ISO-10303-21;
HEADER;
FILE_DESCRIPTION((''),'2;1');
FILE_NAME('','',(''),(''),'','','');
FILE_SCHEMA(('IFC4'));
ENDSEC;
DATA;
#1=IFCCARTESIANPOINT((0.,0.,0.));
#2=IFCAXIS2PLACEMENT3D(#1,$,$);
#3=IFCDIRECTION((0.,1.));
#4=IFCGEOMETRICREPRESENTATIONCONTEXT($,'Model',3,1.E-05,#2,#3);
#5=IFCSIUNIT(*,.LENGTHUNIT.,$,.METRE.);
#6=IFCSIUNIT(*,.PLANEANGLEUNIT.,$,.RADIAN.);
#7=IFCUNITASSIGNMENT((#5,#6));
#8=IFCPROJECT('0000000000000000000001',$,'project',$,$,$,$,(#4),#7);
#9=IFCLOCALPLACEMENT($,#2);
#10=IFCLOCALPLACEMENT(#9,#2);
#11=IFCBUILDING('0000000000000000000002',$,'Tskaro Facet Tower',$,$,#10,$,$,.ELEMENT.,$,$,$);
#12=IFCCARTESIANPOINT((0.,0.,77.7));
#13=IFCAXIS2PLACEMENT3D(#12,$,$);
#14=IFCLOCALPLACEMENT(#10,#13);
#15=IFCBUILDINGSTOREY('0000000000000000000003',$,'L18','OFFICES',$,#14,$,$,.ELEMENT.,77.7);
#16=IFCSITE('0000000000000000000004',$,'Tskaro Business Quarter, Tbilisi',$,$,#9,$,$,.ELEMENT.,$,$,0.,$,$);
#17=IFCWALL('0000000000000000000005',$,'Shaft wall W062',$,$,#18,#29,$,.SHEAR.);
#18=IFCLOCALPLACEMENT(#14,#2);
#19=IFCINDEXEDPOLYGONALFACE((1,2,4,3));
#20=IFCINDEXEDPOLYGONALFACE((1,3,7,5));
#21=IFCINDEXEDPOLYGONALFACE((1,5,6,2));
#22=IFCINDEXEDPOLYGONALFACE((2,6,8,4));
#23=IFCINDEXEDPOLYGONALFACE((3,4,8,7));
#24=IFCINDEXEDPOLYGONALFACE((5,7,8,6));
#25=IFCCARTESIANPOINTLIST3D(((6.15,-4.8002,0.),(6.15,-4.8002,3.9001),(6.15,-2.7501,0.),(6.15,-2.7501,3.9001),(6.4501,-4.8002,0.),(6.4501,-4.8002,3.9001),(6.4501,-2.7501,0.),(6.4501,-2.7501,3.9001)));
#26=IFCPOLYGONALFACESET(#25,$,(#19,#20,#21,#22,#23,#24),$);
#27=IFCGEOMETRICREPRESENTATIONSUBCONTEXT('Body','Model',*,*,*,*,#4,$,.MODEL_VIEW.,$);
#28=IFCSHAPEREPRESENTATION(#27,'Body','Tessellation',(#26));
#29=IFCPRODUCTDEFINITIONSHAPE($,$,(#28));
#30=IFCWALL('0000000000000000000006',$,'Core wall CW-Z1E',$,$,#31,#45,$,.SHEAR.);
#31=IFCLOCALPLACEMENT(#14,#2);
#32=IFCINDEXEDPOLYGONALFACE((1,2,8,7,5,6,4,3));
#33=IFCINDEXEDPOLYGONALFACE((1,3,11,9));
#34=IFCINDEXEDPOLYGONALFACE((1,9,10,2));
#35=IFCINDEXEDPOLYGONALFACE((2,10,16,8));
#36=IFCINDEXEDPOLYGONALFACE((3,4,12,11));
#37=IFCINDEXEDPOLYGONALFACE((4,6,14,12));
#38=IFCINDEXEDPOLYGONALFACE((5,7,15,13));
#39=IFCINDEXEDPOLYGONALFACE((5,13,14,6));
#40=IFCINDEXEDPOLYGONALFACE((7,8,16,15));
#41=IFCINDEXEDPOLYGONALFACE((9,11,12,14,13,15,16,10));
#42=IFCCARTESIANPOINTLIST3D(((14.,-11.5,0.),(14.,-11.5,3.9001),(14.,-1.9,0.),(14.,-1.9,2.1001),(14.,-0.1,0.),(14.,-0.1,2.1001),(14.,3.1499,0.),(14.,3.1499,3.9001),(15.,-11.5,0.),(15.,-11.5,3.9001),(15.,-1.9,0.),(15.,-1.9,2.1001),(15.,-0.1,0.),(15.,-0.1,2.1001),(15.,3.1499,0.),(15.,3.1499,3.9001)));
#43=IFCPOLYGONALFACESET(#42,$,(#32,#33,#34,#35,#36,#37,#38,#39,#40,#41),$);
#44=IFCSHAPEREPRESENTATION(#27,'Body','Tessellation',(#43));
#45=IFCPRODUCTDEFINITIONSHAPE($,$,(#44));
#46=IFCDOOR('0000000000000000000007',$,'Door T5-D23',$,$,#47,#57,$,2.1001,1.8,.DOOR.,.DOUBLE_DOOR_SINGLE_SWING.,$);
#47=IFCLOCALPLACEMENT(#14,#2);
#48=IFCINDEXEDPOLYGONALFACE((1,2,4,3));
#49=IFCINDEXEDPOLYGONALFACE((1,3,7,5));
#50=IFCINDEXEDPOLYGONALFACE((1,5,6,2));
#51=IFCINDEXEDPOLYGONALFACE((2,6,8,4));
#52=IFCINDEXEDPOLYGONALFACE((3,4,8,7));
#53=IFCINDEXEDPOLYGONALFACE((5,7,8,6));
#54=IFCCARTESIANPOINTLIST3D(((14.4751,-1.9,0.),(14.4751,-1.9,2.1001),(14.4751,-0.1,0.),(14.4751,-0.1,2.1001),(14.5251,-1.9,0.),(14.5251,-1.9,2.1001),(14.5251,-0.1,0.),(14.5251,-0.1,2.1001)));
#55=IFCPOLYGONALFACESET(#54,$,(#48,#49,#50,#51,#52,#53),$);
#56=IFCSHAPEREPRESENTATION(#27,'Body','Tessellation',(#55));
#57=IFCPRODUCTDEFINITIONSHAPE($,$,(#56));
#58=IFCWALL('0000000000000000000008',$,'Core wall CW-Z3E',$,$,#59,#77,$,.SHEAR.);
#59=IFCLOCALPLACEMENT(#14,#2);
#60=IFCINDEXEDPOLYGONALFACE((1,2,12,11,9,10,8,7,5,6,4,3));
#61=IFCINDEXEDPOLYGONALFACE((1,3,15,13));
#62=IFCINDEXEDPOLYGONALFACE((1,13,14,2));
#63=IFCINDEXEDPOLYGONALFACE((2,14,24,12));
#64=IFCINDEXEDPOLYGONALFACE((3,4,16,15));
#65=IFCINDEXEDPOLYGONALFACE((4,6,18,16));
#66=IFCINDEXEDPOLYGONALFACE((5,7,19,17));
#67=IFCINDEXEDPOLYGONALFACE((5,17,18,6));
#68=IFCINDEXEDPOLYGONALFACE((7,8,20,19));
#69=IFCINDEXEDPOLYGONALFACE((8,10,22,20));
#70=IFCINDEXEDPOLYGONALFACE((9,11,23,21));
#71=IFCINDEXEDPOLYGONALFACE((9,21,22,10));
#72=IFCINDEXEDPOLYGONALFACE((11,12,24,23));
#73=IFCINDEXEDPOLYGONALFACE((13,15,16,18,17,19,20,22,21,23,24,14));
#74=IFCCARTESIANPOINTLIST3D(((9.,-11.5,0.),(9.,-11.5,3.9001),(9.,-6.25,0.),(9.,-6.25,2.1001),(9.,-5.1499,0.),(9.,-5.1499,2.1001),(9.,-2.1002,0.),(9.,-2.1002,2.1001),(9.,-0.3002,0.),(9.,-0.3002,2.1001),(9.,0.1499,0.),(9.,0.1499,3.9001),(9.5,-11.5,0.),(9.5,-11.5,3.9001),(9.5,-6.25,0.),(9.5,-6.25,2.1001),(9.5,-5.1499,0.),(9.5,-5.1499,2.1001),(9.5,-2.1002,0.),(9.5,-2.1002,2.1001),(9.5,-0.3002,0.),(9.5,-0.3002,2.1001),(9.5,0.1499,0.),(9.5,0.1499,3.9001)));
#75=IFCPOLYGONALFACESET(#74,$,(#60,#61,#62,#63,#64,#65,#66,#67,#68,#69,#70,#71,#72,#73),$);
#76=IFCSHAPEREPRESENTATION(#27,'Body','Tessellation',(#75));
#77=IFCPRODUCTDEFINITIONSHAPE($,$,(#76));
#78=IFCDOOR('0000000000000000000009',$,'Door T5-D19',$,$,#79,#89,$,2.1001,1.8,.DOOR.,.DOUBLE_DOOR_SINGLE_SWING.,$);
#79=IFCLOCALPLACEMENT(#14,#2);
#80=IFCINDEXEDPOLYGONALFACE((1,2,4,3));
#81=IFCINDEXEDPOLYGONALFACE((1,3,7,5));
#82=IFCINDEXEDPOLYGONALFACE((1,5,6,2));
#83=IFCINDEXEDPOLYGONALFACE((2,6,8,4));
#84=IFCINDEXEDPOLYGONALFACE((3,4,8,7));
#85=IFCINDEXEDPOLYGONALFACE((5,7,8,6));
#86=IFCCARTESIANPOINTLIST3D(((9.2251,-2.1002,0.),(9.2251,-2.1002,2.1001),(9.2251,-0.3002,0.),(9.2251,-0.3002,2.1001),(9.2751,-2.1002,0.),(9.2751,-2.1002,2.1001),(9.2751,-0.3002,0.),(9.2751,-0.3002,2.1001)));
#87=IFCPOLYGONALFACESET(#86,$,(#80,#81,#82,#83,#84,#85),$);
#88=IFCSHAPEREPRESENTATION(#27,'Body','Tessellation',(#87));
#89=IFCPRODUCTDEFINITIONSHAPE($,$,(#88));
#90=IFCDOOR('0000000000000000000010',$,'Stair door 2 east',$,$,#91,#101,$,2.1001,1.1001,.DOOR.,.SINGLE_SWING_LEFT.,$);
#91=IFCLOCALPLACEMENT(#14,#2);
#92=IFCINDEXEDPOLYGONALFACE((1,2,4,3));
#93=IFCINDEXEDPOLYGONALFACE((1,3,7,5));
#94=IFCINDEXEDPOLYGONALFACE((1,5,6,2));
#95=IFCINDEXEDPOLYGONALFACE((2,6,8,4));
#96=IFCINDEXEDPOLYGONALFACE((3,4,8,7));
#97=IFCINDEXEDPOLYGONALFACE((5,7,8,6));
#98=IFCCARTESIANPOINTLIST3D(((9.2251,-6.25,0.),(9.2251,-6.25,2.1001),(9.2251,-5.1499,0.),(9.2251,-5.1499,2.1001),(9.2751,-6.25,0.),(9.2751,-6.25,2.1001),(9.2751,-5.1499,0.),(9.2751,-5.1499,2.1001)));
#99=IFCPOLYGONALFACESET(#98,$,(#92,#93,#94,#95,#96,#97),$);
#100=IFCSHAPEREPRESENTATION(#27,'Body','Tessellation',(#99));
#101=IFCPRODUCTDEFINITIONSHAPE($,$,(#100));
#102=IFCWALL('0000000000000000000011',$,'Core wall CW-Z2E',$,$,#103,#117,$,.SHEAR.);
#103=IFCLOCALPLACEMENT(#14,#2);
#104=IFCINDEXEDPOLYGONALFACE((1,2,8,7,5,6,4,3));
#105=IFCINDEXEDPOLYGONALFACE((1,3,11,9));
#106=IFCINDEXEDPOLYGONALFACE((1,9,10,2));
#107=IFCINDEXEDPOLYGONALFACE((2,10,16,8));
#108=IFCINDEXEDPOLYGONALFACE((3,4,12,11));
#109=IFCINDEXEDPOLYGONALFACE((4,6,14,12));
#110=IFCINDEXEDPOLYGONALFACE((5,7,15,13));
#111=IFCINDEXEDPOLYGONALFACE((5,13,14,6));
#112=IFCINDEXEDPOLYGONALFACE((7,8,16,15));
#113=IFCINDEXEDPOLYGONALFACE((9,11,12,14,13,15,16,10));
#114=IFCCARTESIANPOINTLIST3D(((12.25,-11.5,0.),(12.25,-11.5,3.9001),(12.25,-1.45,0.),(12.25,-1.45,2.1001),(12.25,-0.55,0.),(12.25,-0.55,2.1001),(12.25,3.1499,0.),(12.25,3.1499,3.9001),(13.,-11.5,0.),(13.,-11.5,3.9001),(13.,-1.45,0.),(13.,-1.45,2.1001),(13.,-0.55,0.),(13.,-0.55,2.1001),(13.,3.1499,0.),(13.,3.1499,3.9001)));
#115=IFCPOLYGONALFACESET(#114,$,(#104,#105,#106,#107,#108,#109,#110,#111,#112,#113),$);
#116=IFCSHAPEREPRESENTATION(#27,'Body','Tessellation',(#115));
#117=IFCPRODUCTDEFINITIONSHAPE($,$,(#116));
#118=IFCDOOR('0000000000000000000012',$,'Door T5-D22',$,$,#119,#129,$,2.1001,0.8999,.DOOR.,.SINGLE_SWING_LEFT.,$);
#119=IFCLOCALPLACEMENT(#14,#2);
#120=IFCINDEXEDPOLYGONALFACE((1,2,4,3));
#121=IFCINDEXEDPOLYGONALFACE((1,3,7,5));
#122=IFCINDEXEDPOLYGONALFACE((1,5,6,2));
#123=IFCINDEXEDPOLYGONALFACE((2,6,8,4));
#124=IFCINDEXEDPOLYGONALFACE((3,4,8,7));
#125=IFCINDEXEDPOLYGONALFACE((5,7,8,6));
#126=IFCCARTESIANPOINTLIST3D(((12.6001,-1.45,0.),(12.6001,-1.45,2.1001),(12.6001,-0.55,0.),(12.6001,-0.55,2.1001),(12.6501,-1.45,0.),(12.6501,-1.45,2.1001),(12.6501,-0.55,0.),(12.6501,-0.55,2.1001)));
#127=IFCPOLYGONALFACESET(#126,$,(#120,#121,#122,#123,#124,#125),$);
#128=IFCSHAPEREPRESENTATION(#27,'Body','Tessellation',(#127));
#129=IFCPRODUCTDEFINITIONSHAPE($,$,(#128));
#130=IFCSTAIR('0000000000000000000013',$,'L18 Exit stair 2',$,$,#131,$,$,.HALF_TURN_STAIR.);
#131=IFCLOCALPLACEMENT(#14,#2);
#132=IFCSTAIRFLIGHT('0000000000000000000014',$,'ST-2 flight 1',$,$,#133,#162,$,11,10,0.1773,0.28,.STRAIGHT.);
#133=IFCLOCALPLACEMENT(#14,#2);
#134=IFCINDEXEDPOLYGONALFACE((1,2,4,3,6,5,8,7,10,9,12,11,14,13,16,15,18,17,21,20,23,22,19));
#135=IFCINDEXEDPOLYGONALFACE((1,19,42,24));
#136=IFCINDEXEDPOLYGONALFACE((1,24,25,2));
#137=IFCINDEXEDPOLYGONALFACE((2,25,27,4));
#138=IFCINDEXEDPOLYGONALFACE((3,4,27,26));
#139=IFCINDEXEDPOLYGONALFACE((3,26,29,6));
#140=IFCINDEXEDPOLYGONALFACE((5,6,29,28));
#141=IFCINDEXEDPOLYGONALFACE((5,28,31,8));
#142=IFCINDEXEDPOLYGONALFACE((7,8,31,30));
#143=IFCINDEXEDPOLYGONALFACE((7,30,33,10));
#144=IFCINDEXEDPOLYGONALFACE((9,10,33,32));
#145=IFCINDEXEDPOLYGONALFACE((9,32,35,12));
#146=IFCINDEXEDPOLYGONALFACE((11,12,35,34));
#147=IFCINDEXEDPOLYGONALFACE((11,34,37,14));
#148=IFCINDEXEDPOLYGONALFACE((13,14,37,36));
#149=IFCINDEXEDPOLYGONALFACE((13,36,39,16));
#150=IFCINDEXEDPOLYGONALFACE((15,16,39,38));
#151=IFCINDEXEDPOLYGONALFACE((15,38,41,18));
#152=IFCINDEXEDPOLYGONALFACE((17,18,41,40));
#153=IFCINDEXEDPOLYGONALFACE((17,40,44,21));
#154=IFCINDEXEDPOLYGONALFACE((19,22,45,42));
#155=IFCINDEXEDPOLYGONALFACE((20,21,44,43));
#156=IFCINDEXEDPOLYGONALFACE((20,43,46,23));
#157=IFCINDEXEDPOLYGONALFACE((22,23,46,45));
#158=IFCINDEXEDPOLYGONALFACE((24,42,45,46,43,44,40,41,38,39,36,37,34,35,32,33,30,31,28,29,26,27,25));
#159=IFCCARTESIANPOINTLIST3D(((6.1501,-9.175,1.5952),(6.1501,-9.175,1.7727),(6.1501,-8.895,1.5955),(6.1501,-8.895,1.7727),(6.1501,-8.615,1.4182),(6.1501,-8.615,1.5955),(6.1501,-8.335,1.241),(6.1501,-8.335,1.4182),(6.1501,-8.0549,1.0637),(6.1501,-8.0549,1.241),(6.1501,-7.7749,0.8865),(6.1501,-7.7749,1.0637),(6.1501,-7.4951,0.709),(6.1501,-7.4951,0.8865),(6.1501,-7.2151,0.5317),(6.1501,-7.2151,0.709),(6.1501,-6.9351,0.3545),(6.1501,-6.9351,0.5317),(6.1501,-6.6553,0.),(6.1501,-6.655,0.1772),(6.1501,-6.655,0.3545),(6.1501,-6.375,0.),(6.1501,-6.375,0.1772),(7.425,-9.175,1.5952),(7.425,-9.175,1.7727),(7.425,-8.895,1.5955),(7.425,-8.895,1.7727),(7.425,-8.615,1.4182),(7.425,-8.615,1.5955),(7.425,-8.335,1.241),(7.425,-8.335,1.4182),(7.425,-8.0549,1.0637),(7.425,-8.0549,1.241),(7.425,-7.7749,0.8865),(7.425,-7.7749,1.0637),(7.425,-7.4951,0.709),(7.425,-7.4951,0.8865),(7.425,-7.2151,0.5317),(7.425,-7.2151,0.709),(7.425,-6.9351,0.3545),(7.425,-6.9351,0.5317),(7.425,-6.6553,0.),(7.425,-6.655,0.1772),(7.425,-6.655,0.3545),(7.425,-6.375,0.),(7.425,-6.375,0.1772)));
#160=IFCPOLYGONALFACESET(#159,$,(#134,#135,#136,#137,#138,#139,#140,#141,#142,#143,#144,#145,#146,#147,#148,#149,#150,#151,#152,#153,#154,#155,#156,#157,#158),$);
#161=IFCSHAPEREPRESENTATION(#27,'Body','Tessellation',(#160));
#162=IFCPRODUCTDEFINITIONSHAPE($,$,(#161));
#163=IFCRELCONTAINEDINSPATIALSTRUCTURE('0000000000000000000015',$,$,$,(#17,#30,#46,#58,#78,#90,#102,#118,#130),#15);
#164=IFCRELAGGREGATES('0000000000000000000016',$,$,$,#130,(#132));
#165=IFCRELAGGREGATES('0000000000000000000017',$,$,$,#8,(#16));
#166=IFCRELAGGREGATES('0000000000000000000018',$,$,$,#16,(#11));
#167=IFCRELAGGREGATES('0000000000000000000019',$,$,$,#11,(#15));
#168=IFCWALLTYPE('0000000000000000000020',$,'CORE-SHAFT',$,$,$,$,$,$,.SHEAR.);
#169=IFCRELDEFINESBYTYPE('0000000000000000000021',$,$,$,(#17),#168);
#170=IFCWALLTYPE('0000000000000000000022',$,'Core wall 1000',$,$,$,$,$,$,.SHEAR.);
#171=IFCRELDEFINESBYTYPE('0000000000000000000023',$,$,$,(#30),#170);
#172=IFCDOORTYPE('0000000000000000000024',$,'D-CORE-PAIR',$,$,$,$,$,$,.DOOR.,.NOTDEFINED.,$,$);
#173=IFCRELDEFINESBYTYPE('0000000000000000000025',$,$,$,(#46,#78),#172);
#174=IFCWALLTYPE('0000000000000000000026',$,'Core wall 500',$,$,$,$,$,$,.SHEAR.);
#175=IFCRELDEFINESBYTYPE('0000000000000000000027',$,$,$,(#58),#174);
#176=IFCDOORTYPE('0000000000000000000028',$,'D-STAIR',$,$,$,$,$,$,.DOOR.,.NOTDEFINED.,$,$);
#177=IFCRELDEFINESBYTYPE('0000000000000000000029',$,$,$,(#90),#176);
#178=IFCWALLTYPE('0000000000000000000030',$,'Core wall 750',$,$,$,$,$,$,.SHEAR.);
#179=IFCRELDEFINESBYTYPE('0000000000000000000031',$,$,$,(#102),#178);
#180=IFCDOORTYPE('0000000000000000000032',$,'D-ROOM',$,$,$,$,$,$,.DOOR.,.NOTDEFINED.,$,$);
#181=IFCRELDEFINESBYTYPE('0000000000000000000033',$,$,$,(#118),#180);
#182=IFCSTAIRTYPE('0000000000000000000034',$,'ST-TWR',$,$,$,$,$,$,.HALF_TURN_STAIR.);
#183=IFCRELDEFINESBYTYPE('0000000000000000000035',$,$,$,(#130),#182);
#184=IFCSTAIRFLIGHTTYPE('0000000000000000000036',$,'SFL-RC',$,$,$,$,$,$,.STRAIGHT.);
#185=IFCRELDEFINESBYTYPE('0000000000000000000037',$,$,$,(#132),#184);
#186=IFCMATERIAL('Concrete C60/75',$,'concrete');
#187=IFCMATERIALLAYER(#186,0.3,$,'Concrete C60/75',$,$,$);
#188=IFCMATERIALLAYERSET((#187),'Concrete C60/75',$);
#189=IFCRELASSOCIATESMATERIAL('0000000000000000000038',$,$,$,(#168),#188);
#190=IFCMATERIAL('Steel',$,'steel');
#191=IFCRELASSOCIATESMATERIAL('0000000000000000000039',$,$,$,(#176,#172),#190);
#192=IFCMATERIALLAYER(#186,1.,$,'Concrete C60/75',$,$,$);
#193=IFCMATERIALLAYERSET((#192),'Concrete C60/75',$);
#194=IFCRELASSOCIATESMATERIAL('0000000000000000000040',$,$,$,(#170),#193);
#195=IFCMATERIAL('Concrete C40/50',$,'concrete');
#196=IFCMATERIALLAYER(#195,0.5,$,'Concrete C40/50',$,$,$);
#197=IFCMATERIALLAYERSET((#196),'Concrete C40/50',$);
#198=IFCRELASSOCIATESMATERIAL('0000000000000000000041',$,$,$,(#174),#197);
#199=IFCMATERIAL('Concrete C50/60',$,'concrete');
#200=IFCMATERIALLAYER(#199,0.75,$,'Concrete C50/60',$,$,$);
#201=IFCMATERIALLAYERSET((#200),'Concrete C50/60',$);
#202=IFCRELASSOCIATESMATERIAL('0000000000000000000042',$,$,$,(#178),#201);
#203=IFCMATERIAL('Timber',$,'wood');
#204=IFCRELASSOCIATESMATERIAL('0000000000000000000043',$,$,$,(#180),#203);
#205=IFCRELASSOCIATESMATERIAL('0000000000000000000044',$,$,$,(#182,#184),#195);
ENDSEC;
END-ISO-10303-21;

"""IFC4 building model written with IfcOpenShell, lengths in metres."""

from ifc_helpers import new_model, si_unit, direction, frame, frame_2d, origin, place, context, subcontext, project, spatial, polyline, rectangle, outline, extrude, material, layer, layer_set, type_object, element, fill, aggregate, save


model = new_model("IFC4")

# Units and contexts
model_context = context("Model", 3, precision=1e-05, world=origin(), true_north=direction((0.0, 1.0)))
body_context = subcontext(model_context, "Body", "Model", "MODEL_VIEW")
ifc_project = project(units=[si_unit("LENGTHUNIT", "METRE"), si_unit("PLANEANGLEUNIT", "RADIAN")], contexts=[model_context])

# Site, building, storey
site_placement = place(None, origin())
site = spatial("IfcSite", under=ifc_project, at=site_placement, Name="Tskaro Business Quarter, Tbilisi", CompositionType="ELEMENT", RefElevation=0.0)
building_placement = place(site_placement, origin())
building = spatial("IfcBuilding", under=site, at=building_placement, Name="Tskaro Facet Tower", CompositionType="ELEMENT")
storey_placement = place(building_placement, frame((0.0, 0.0, 77.7)))
storey = spatial("IfcBuildingStorey", under=building, at=storey_placement, Name="L18", Description="OFFICES", CompositionType="ELEMENT", Elevation=77.7)

# Shared definitions
ifc_material_1 = material(Name="Concrete C60/75", Category="concrete")
ifc_layer_1 = layer(ifc_material_1, 0.3, Name="Concrete C60/75")
ifc_layer_set_1 = layer_set([ifc_layer_1], Name="Concrete C60/75")
wall_type_1 = type_object("IfcWallType", Name="CORE-SHAFT", PredefinedType="SHEAR", material=ifc_layer_set_1)

# Shared definitions
ifc_material_2 = material(Name="Steel", Category="steel")
door_type_1 = type_object("IfcDoorType", Name="D-STAIR", OperationType="NOTDEFINED", PredefinedType="DOOR", material=ifc_material_2)

# Wall
wall_1_placement = place(storey_placement, frame((6.3, -4.8, 0.0), z_axis=(0.0, 0.0, 1.0), x_axis=(0.0, 1.0, 0.0)))
element("IfcWall", 1, at=wall_1_placement, inside=storey, type_object=wall_type_1, Name="Shaft wall W062", PredefinedType="SHEAR", context=body_context, shape_type="SweptSolid", body=[
    extrude(rectangle(XDim=2.05, YDim=0.3, at=frame_2d((1.0249, 0.0))), origin(), (0.0, 0.0, 1.0), 3.9001),
])

# Wall, opening, door
ifc_layer_2 = layer(ifc_material_1, 1.0, Name="Concrete C60/75")
ifc_layer_set_2 = layer_set([ifc_layer_2], Name="Concrete C60/75")
wall_type_2 = type_object("IfcWallType", Name="Core wall 1000", PredefinedType="SHEAR", material=ifc_layer_set_2)
wall_2_placement = place(storey_placement, frame((14.5, -11.5, 0.0), z_axis=(0.0, 0.0, 1.0), x_axis=(0.0, 1.0, 0.0)))
wall_2 = element("IfcWall", 2, at=wall_2_placement, inside=storey, type_object=wall_type_2, Name="Core wall CW-Z1E", PredefinedType="SHEAR", context=body_context, shape_type="SweptSolid", body=[
    extrude(rectangle(XDim=14.6499, YDim=1.0, at=frame_2d((7.325, 0.0))), origin(), (0.0, 0.0, 1.0), 3.9001),
])
opening_1_placement = place(wall_2_placement, frame((9.6001, 0.0, 0.0)))
opening_1 = element("IfcOpeningElement", 3, at=opening_1_placement, cuts=wall_2, PredefinedType="OPENING", context=body_context, shape_type="SweptSolid", body=[
    extrude(rectangle(XDim=1.8, YDim=2.1001, at=frame_2d((0.8999, 1.05))), frame((0.0, 0.51, 0.0), z_axis=(0.0, -1.0, 0.0), x_axis=(1.0, 0.0, 0.0)), (0.0, 0.0, 1.0), 1.02),
])
door_type_2 = type_object("IfcDoorType", Name="D-CORE-PAIR", OperationType="NOTDEFINED", PredefinedType="DOOR", material=ifc_material_2)
door_1_placement = place(opening_1_placement, origin())
door_1 = element("IfcDoor", 4, at=door_1_placement, inside=storey, type_object=door_type_2, Name="Door T5-D23", OperationType="DOUBLE_DOOR_SINGLE_SWING", OverallHeight=2.1001, OverallWidth=1.8, PredefinedType="DOOR", context=body_context, shape_type="SweptSolid", body=[
    extrude(rectangle(XDim=1.8, YDim=2.1001, at=frame_2d((0.8999, 1.05))), frame((0.0, 0.0249, 0.0), z_axis=(0.0, -1.0, 0.0), x_axis=(1.0, 0.0, 0.0)), (0.0, 0.0, 1.0), 0.05),
])
fill(opening_1, door_1)

# Wall, openings, doors
ifc_material_3 = material(Name="Concrete C40/50", Category="concrete")
ifc_layer_3 = layer(ifc_material_3, 0.5, Name="Concrete C40/50")
ifc_layer_set_3 = layer_set([ifc_layer_3], Name="Concrete C40/50")
wall_type_3 = type_object("IfcWallType", Name="Core wall 500", PredefinedType="SHEAR", material=ifc_layer_set_3)
wall_3_placement = place(storey_placement, frame((9.25, -11.5, 0.0), z_axis=(0.0, 0.0, 1.0), x_axis=(0.0, 1.0, 0.0)))
wall_3 = element("IfcWall", 5, at=wall_3_placement, inside=storey, type_object=wall_type_3, Name="Core wall CW-Z3E", PredefinedType="SHEAR", context=body_context, shape_type="SweptSolid", body=[
    extrude(rectangle(XDim=11.6499, YDim=0.5, at=frame_2d((5.825, 0.0))), origin(), (0.0, 0.0, 1.0), 3.9001),
])
opening_2_placement = place(wall_3_placement, frame((9.3999, 0.0, 0.0)))
opening_2 = element("IfcOpeningElement", 6, at=opening_2_placement, cuts=wall_3, PredefinedType="OPENING", context=body_context, shape_type="SweptSolid", body=[
    extrude(rectangle(XDim=1.8, YDim=2.1001, at=frame_2d((0.8999, 1.05))), frame((0.0, 0.26, 0.0), z_axis=(0.0, -1.0, 0.0), x_axis=(1.0, 0.0, 0.0)), (0.0, 0.0, 1.0), 0.52),
])
opening_3_placement = place(wall_3_placement, frame((5.25, 0.0, 0.0)))
opening_3 = element("IfcOpeningElement", 7, at=opening_3_placement, cuts=wall_3, PredefinedType="OPENING", context=body_context, shape_type="SweptSolid", body=[
    extrude(rectangle(XDim=1.1001, YDim=2.1001, at=frame_2d((0.55, 1.05))), frame((0.0, 0.26, 0.0), z_axis=(0.0, -1.0, 0.0), x_axis=(1.0, 0.0, 0.0)), (0.0, 0.0, 1.0), 0.52),
])
door_2_placement = place(opening_2_placement, origin())
door_2 = element("IfcDoor", 8, at=door_2_placement, inside=storey, type_object=door_type_2, Name="Door T5-D19", OperationType="DOUBLE_DOOR_SINGLE_SWING", OverallHeight=2.1001, OverallWidth=1.8, PredefinedType="DOOR", context=body_context, shape_type="SweptSolid", body=[
    extrude(rectangle(XDim=1.8, YDim=2.1001, at=frame_2d((0.8999, 1.05))), frame((0.0, 0.0249, 0.0), z_axis=(0.0, -1.0, 0.0), x_axis=(1.0, 0.0, 0.0)), (0.0, 0.0, 1.0), 0.05),
])
fill(opening_2, door_2)
door_3_placement = place(opening_3_placement, origin())
door_3 = element("IfcDoor", 9, at=door_3_placement, inside=storey, type_object=door_type_1, Name="Stair door 2 east", OperationType="SINGLE_SWING_LEFT", OverallHeight=2.1001, OverallWidth=1.1001, PredefinedType="DOOR", context=body_context, shape_type="SweptSolid", body=[
    extrude(rectangle(XDim=1.1001, YDim=2.1001, at=frame_2d((0.55, 1.05))), frame((0.0, 0.0249, 0.0), z_axis=(0.0, -1.0, 0.0), x_axis=(1.0, 0.0, 0.0)), (0.0, 0.0, 1.0), 0.05),
])
fill(opening_3, door_3)

# Wall, opening, door
ifc_material_4 = material(Name="Concrete C50/60", Category="concrete")
ifc_layer_4 = layer(ifc_material_4, 0.75, Name="Concrete C50/60")
ifc_layer_set_4 = layer_set([ifc_layer_4], Name="Concrete C50/60")
wall_type_4 = type_object("IfcWallType", Name="Core wall 750", PredefinedType="SHEAR", material=ifc_layer_set_4)
wall_4_placement = place(storey_placement, frame((12.625, -11.5, 0.0), z_axis=(0.0, 0.0, 1.0), x_axis=(0.0, 1.0, 0.0)))
wall_4 = element("IfcWall", 10, at=wall_4_placement, inside=storey, type_object=wall_type_4, Name="Core wall CW-Z2E", PredefinedType="SHEAR", context=body_context, shape_type="SweptSolid", body=[
    extrude(rectangle(XDim=14.6499, YDim=0.75, at=frame_2d((7.325, 0.0))), origin(), (0.0, 0.0, 1.0), 3.9001),
])
opening_4_placement = place(wall_4_placement, frame((10.05, 0.0, 0.0)))
opening_4 = element("IfcOpeningElement", 11, at=opening_4_placement, cuts=wall_4, PredefinedType="OPENING", context=body_context, shape_type="SweptSolid", body=[
    extrude(rectangle(XDim=0.8999, YDim=2.1001, at=frame_2d((0.45, 1.05))), frame((0.0, 0.385, 0.0), z_axis=(0.0, -1.0, 0.0), x_axis=(1.0, 0.0, 0.0)), (0.0, 0.0, 1.0), 0.77),
])
ifc_material_5 = material(Name="Timber", Category="wood")
door_type_3 = type_object("IfcDoorType", Name="D-ROOM", OperationType="NOTDEFINED", PredefinedType="DOOR", material=ifc_material_5)
door_4_placement = place(opening_4_placement, origin())
door_4 = element("IfcDoor", 12, at=door_4_placement, inside=storey, type_object=door_type_3, Name="Door T5-D22", OperationType="SINGLE_SWING_LEFT", OverallHeight=2.1001, OverallWidth=0.8999, PredefinedType="DOOR", context=body_context, shape_type="SweptSolid", body=[
    extrude(rectangle(XDim=0.8999, YDim=2.1001, at=frame_2d((0.45, 1.05))), frame((0.0, 0.0249, 0.0), z_axis=(0.0, -1.0, 0.0), x_axis=(1.0, 0.0, 0.0)), (0.0, 0.0, 1.0), 0.05),
])
fill(opening_4, door_4)

# Stair, stair flight
stair_type = type_object("IfcStairType", Name="ST-TWR", PredefinedType="HALF_TURN_STAIR", material=ifc_material_3)
stair_placement = place(storey_placement, origin())
stair = element("IfcStair", 13, at=stair_placement, inside=storey, type_object=stair_type, Name="L18 Exit stair 2", PredefinedType="HALF_TURN_STAIR")
stair_flight_type = type_object("IfcStairFlightType", Name="SFL-RC", PredefinedType="STRAIGHT", material=ifc_material_3)
stair_flight_1_placement = place(storey_placement, frame((6.7876, -6.375, 0.0), z_axis=(0.0, 0.0, 1.0), x_axis=(0.0, -1.0, 0.0)))
stair_flight_1 = element("IfcStairFlight", 14, at=stair_flight_1_placement, type_object=stair_flight_type, Name="ST-2 flight 1", NumberOfRisers=11, NumberOfTreads=10, PredefinedType="STRAIGHT", RiserHeight=0.1773, TreadLength=0.28, context=body_context, shape_type="SweptSolid", body=[
    extrude(outline(polyline([(0.0, 0.0), (0.0, 0.1772), (0.28, 0.1772), (0.28, 0.3545), (0.5601, 0.3545), (0.5601, 0.5317), (0.8401, 0.5317), (0.8401, 0.709), (1.1201, 0.709), (1.1201, 0.8865), (1.3999, 0.8865), (1.3999, 1.0637), (1.6799, 1.0637), (1.6799, 1.241), (1.96, 1.241), (1.96, 1.4182), (2.24, 1.4182), (2.24, 1.5955), (2.52, 1.5955), (2.52, 1.7727), (2.8, 1.7727), (2.8, 1.95), (2.8, 1.5952), (0.2803, 0.0), (0.0, 0.0)])), frame((0.0, 0.6375, 0.0), z_axis=(0.0, -1.0, 0.0), x_axis=(1.0, 0.0, 0.0)), (0.0, 0.0, 1.0), 1.2749),
])
aggregate(stair, [stair_flight_1])

save(model, "model.ifc")
